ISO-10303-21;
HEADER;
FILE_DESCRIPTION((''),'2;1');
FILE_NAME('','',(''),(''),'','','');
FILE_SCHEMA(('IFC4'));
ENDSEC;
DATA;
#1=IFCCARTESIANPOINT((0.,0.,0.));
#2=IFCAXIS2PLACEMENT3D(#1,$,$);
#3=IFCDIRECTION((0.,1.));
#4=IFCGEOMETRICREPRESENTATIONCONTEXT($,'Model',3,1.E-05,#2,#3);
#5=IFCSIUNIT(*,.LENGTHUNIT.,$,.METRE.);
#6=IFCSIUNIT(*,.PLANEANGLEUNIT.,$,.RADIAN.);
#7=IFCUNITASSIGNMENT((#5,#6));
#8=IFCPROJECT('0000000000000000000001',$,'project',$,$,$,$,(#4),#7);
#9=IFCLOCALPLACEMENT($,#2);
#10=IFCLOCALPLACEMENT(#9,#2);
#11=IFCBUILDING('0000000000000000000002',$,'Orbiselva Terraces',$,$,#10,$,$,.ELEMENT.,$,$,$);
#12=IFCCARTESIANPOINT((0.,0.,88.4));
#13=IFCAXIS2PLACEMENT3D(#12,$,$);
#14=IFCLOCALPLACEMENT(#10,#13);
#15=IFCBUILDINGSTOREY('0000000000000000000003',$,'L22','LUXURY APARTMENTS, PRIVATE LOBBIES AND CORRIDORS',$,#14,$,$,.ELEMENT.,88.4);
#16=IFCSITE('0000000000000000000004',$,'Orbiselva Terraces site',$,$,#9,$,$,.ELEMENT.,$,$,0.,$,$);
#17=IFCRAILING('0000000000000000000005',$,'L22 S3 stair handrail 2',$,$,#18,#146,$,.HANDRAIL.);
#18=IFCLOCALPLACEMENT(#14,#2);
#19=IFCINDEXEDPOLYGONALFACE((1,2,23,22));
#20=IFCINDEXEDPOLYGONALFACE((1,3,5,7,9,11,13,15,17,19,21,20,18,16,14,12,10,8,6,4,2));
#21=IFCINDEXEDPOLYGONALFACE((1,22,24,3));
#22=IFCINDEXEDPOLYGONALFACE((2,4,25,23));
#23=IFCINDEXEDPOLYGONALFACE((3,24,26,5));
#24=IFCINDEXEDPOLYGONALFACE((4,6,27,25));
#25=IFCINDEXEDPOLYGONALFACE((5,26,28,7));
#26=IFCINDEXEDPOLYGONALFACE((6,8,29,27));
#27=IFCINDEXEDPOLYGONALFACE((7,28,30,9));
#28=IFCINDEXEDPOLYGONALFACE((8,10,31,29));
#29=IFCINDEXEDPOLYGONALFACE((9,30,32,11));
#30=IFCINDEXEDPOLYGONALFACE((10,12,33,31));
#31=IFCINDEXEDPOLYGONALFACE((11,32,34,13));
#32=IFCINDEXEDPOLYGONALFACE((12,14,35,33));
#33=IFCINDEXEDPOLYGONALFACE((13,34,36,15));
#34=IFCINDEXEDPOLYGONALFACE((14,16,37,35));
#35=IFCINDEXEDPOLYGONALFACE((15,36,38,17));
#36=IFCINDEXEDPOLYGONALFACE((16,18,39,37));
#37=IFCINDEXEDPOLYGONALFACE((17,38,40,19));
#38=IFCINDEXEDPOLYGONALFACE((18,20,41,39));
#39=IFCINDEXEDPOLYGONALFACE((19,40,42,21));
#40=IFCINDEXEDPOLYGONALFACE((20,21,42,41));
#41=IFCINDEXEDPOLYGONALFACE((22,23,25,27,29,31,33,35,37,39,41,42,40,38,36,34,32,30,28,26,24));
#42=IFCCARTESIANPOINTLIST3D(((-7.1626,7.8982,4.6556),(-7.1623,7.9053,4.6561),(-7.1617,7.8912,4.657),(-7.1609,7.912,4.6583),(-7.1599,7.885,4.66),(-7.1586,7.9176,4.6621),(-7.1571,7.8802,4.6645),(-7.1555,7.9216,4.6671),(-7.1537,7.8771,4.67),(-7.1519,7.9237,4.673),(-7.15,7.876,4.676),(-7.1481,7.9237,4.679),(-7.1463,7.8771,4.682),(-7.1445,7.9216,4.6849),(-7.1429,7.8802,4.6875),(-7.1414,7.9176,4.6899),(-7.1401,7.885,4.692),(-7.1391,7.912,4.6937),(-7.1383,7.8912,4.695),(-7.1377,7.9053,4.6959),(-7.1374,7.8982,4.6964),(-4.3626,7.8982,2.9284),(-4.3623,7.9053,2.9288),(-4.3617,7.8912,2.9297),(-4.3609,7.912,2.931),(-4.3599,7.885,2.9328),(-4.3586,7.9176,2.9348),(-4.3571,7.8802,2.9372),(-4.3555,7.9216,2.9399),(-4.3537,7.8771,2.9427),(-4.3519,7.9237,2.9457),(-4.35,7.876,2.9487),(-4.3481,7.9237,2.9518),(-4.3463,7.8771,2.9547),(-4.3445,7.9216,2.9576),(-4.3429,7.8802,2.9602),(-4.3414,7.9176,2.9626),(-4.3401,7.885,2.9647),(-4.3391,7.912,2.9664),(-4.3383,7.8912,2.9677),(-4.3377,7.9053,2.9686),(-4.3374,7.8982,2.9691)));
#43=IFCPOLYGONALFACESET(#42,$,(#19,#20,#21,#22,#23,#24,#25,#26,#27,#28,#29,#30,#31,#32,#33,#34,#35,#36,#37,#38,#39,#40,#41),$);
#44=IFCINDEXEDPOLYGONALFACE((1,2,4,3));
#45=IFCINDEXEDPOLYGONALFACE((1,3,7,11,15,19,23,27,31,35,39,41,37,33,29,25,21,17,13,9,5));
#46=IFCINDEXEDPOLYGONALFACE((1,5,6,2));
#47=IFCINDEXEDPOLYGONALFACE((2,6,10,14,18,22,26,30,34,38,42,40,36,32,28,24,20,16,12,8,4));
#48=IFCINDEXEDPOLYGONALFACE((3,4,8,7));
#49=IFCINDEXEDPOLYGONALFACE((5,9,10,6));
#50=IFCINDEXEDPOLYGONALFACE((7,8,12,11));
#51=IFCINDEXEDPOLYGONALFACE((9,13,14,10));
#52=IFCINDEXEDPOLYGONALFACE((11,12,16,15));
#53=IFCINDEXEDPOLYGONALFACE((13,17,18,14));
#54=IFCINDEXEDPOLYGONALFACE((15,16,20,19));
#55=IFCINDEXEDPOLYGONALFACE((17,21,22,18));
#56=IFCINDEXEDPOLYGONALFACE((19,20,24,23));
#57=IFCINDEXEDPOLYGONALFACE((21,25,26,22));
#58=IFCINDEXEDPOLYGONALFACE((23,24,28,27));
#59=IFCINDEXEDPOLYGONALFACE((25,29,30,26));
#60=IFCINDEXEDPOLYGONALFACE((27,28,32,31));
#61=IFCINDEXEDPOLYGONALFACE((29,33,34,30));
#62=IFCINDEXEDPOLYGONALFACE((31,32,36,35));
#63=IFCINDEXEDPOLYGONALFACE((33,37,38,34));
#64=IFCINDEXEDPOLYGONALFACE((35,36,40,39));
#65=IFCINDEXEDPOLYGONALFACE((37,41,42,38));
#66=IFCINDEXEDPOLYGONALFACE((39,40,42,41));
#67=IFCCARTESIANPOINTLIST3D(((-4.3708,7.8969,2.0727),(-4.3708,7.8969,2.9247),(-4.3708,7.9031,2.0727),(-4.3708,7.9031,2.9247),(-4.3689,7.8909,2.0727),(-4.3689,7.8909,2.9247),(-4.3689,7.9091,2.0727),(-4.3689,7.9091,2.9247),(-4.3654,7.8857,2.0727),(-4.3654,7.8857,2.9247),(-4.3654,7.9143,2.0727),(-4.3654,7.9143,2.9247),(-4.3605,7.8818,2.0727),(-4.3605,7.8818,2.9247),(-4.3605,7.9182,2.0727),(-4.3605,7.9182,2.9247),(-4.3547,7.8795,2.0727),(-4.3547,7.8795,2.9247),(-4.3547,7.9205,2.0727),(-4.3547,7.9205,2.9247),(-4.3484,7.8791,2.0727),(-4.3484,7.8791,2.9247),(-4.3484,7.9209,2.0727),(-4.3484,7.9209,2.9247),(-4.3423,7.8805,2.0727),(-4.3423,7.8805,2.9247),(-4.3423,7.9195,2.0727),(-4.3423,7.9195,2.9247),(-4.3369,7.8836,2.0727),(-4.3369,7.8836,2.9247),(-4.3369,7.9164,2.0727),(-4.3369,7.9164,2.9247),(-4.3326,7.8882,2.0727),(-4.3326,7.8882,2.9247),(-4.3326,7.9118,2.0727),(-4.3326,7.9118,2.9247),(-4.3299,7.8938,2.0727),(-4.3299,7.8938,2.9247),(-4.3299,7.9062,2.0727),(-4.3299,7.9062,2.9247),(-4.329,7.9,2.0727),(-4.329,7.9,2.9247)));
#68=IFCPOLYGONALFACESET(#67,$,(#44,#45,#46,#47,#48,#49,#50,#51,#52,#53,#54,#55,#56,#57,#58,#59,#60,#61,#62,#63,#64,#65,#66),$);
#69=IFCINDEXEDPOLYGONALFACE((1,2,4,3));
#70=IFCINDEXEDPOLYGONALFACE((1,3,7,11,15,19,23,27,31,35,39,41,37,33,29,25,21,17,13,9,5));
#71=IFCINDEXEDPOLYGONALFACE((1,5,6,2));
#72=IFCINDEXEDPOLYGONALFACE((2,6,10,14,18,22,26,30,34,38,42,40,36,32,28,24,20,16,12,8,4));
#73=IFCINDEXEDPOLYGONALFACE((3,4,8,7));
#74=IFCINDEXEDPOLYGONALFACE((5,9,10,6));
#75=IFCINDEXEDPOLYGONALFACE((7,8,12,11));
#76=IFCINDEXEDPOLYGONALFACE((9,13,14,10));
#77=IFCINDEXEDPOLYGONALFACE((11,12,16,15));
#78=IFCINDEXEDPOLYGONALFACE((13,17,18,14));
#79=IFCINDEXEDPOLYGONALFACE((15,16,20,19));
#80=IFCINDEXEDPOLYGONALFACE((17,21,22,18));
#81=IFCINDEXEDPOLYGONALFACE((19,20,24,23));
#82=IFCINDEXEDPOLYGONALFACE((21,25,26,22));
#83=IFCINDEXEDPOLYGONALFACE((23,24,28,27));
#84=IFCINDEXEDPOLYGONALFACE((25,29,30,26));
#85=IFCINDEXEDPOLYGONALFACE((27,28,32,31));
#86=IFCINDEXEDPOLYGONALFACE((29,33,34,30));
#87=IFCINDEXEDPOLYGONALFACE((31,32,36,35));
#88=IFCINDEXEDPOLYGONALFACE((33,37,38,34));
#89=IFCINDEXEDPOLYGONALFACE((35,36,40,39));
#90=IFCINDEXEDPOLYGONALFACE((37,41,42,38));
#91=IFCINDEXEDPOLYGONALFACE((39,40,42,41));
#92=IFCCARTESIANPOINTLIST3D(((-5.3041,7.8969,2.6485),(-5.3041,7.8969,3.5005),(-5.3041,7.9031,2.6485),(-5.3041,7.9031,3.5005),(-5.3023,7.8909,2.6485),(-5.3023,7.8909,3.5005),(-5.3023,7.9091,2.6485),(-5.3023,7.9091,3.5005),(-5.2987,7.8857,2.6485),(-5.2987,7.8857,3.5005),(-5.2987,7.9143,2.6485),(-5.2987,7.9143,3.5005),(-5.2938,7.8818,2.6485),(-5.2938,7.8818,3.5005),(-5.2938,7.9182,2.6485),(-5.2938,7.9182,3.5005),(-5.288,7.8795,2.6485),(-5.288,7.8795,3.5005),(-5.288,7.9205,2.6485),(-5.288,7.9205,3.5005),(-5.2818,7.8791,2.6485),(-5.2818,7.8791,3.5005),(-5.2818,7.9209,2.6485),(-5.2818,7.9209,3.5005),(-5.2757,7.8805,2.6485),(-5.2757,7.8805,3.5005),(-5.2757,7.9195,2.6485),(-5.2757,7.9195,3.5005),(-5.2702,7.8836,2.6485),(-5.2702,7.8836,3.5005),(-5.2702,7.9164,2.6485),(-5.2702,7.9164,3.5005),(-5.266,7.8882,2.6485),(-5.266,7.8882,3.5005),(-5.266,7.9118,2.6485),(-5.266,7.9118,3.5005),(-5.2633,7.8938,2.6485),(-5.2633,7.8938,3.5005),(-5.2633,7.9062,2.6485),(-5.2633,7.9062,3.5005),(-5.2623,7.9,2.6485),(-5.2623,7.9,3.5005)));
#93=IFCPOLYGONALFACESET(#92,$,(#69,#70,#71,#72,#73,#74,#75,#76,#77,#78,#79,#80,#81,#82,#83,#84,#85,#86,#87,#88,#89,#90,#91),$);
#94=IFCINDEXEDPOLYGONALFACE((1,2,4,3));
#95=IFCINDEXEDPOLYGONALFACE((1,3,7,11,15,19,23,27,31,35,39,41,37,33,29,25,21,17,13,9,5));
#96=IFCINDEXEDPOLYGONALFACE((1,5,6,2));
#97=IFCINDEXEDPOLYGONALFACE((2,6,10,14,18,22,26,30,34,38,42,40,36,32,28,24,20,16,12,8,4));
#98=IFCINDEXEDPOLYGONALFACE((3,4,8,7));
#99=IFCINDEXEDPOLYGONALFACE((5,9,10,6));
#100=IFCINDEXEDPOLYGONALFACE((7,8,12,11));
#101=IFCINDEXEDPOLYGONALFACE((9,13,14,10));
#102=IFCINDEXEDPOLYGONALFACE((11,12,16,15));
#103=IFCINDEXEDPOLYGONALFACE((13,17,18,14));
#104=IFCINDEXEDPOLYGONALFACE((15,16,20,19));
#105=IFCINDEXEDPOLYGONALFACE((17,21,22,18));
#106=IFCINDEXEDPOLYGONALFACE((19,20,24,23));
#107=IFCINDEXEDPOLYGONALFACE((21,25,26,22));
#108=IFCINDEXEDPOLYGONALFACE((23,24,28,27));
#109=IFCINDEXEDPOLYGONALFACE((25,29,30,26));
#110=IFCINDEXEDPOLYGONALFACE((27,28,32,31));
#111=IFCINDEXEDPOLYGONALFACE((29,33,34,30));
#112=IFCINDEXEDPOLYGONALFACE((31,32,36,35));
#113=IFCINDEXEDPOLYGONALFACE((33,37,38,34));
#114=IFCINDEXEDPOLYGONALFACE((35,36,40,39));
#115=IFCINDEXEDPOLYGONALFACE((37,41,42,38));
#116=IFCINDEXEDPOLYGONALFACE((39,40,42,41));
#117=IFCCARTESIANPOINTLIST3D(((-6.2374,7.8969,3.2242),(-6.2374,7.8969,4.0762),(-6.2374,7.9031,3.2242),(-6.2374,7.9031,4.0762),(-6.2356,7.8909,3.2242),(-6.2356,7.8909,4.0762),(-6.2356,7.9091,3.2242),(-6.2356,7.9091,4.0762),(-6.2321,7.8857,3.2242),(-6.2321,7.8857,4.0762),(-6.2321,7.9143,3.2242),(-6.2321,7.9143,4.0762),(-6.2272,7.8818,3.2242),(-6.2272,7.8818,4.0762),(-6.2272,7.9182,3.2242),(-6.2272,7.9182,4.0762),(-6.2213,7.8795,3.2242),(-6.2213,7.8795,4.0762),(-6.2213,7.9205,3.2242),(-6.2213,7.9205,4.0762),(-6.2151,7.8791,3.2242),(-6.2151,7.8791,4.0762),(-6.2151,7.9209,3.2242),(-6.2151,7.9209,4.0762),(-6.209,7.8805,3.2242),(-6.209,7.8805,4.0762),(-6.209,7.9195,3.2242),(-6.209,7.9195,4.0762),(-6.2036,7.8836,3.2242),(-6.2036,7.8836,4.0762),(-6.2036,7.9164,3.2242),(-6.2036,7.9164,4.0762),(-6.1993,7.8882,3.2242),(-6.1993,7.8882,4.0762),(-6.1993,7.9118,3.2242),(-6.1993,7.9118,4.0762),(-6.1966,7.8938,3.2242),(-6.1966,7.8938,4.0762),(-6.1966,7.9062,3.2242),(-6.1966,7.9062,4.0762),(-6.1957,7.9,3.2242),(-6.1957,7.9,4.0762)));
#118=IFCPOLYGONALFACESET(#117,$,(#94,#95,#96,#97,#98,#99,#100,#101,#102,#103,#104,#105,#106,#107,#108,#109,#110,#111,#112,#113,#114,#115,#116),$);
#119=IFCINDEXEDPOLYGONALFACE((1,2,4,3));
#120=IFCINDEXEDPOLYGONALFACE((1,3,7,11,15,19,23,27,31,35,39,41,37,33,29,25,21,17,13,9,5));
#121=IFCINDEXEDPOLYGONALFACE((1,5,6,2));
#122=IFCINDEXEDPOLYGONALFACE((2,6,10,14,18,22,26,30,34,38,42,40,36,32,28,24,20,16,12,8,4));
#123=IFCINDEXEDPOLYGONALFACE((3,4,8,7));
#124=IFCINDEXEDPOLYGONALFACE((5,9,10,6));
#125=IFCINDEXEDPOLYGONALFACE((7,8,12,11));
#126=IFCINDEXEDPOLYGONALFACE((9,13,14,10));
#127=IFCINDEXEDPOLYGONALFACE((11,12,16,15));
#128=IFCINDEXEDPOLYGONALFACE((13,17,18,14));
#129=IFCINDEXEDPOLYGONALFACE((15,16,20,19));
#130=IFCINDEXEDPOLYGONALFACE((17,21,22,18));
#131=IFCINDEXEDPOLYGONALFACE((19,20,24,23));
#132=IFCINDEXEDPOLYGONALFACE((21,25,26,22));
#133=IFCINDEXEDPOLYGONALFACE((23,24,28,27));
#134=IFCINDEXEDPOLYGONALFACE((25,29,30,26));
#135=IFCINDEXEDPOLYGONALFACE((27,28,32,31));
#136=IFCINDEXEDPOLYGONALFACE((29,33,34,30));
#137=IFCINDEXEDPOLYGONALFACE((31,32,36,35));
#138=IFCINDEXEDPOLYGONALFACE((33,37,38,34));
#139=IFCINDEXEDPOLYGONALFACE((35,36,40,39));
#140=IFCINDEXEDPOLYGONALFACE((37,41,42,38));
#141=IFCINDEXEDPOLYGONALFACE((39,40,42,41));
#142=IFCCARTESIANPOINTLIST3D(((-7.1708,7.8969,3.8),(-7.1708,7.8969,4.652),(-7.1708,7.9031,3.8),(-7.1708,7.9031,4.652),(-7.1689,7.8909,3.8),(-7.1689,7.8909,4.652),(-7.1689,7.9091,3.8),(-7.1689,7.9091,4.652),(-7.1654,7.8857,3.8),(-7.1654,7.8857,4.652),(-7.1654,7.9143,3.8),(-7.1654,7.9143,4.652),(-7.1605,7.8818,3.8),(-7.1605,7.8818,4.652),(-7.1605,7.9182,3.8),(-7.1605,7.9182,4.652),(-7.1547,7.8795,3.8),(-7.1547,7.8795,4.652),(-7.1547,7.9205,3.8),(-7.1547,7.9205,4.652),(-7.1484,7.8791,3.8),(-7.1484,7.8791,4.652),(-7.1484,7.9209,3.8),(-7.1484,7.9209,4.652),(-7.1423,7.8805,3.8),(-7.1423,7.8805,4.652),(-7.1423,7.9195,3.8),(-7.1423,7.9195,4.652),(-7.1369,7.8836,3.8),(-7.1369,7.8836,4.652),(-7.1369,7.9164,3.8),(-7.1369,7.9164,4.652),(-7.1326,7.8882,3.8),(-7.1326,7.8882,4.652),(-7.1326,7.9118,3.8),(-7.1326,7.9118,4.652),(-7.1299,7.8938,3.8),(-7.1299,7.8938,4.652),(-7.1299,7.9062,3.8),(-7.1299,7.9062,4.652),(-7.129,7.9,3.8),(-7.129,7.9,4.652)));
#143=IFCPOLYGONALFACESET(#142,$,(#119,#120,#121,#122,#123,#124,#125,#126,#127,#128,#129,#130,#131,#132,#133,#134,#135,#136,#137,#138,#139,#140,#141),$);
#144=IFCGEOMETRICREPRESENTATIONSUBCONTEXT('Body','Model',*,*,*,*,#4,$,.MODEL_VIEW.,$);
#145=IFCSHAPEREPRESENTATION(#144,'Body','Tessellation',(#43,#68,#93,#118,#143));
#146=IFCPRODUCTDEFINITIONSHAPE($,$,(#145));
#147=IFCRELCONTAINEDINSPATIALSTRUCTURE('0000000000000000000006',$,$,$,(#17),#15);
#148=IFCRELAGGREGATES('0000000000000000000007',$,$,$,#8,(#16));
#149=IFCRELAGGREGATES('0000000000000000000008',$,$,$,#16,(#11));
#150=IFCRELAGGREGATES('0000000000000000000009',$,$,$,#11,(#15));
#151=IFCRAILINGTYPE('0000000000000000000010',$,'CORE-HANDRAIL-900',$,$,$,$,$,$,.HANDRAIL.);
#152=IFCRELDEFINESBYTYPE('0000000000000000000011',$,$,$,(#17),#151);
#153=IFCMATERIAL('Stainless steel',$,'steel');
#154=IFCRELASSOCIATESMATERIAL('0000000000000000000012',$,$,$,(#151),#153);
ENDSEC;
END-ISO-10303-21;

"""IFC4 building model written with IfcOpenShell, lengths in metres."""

from ifc_helpers import new_model, si_unit, direction, frame, origin, origin_2d, place, context, subcontext, project, spatial, circle, extrude, material, type_object, element, save


model = new_model("IFC4")

# Units and contexts
model_context = context("Model", 3, precision=1e-05, world=origin(), true_north=direction((0.0, 1.0)))
body_context = subcontext(model_context, "Body", "Model", "MODEL_VIEW")
ifc_project = project(units=[si_unit("LENGTHUNIT", "METRE"), si_unit("PLANEANGLEUNIT", "RADIAN")], contexts=[model_context])

# Site, building, storey
site_placement = place(None, origin())
site = spatial("IfcSite", under=ifc_project, at=site_placement, Name="Orbiselva Terraces site", CompositionType="ELEMENT", RefElevation=0.0)
building_placement = place(site_placement, origin())
building = spatial("IfcBuilding", under=site, at=building_placement, Name="Orbiselva Terraces", CompositionType="ELEMENT")
storey_placement = place(building_placement, frame((0.0, 0.0, 88.4)))
storey = spatial("IfcBuildingStorey", under=building, at=storey_placement, Name="L22", Description="LUXURY APARTMENTS, PRIVATE LOBBIES AND CORRIDORS", CompositionType="ELEMENT", Elevation=88.4)

# Railing
ifc_material_1 = material(Name="Stainless steel", Category="steel")
railing_type_1 = type_object("IfcRailingType", Name="CORE-HANDRAIL-900", PredefinedType="HANDRAIL", material=ifc_material_1)
railing_1_placement = place(storey_placement, frame((-4.35, 7.9, 2.0727)))
element("IfcRailing", 1, at=railing_1_placement, inside=storey, type_object=railing_type_1, Name="L22 S3 stair handrail 2", PredefinedType="HANDRAIL", context=body_context, shape_type="SweptSolid", body=[
    extrude(circle(Radius=0.024, at=origin_2d()), frame((0.0, 0.0, 0.876), z_axis=(-0.851089, 0.0, 0.525022), x_axis=(0.0, -1.0, 0.0)), (0.0, 0.0, 1.0), 3.2899),
    extrude(circle(Radius=0.021, at=origin_2d()), origin(), (0.0, 0.0, 1.0), 0.852),
    extrude(circle(Radius=0.021, at=origin_2d()), frame((-0.9333, 0.0, 0.5758)), (0.0, 0.0, 1.0), 0.852),
    extrude(circle(Radius=0.021, at=origin_2d()), frame((-1.8667, 0.0, 1.1515)), (0.0, 0.0, 1.0), 0.852),
    extrude(circle(Radius=0.021, at=origin_2d()), frame((-2.8, 0.0, 1.7273)), (0.0, 0.0, 1.0), 0.852),
])

save(model, "model.ifc")
